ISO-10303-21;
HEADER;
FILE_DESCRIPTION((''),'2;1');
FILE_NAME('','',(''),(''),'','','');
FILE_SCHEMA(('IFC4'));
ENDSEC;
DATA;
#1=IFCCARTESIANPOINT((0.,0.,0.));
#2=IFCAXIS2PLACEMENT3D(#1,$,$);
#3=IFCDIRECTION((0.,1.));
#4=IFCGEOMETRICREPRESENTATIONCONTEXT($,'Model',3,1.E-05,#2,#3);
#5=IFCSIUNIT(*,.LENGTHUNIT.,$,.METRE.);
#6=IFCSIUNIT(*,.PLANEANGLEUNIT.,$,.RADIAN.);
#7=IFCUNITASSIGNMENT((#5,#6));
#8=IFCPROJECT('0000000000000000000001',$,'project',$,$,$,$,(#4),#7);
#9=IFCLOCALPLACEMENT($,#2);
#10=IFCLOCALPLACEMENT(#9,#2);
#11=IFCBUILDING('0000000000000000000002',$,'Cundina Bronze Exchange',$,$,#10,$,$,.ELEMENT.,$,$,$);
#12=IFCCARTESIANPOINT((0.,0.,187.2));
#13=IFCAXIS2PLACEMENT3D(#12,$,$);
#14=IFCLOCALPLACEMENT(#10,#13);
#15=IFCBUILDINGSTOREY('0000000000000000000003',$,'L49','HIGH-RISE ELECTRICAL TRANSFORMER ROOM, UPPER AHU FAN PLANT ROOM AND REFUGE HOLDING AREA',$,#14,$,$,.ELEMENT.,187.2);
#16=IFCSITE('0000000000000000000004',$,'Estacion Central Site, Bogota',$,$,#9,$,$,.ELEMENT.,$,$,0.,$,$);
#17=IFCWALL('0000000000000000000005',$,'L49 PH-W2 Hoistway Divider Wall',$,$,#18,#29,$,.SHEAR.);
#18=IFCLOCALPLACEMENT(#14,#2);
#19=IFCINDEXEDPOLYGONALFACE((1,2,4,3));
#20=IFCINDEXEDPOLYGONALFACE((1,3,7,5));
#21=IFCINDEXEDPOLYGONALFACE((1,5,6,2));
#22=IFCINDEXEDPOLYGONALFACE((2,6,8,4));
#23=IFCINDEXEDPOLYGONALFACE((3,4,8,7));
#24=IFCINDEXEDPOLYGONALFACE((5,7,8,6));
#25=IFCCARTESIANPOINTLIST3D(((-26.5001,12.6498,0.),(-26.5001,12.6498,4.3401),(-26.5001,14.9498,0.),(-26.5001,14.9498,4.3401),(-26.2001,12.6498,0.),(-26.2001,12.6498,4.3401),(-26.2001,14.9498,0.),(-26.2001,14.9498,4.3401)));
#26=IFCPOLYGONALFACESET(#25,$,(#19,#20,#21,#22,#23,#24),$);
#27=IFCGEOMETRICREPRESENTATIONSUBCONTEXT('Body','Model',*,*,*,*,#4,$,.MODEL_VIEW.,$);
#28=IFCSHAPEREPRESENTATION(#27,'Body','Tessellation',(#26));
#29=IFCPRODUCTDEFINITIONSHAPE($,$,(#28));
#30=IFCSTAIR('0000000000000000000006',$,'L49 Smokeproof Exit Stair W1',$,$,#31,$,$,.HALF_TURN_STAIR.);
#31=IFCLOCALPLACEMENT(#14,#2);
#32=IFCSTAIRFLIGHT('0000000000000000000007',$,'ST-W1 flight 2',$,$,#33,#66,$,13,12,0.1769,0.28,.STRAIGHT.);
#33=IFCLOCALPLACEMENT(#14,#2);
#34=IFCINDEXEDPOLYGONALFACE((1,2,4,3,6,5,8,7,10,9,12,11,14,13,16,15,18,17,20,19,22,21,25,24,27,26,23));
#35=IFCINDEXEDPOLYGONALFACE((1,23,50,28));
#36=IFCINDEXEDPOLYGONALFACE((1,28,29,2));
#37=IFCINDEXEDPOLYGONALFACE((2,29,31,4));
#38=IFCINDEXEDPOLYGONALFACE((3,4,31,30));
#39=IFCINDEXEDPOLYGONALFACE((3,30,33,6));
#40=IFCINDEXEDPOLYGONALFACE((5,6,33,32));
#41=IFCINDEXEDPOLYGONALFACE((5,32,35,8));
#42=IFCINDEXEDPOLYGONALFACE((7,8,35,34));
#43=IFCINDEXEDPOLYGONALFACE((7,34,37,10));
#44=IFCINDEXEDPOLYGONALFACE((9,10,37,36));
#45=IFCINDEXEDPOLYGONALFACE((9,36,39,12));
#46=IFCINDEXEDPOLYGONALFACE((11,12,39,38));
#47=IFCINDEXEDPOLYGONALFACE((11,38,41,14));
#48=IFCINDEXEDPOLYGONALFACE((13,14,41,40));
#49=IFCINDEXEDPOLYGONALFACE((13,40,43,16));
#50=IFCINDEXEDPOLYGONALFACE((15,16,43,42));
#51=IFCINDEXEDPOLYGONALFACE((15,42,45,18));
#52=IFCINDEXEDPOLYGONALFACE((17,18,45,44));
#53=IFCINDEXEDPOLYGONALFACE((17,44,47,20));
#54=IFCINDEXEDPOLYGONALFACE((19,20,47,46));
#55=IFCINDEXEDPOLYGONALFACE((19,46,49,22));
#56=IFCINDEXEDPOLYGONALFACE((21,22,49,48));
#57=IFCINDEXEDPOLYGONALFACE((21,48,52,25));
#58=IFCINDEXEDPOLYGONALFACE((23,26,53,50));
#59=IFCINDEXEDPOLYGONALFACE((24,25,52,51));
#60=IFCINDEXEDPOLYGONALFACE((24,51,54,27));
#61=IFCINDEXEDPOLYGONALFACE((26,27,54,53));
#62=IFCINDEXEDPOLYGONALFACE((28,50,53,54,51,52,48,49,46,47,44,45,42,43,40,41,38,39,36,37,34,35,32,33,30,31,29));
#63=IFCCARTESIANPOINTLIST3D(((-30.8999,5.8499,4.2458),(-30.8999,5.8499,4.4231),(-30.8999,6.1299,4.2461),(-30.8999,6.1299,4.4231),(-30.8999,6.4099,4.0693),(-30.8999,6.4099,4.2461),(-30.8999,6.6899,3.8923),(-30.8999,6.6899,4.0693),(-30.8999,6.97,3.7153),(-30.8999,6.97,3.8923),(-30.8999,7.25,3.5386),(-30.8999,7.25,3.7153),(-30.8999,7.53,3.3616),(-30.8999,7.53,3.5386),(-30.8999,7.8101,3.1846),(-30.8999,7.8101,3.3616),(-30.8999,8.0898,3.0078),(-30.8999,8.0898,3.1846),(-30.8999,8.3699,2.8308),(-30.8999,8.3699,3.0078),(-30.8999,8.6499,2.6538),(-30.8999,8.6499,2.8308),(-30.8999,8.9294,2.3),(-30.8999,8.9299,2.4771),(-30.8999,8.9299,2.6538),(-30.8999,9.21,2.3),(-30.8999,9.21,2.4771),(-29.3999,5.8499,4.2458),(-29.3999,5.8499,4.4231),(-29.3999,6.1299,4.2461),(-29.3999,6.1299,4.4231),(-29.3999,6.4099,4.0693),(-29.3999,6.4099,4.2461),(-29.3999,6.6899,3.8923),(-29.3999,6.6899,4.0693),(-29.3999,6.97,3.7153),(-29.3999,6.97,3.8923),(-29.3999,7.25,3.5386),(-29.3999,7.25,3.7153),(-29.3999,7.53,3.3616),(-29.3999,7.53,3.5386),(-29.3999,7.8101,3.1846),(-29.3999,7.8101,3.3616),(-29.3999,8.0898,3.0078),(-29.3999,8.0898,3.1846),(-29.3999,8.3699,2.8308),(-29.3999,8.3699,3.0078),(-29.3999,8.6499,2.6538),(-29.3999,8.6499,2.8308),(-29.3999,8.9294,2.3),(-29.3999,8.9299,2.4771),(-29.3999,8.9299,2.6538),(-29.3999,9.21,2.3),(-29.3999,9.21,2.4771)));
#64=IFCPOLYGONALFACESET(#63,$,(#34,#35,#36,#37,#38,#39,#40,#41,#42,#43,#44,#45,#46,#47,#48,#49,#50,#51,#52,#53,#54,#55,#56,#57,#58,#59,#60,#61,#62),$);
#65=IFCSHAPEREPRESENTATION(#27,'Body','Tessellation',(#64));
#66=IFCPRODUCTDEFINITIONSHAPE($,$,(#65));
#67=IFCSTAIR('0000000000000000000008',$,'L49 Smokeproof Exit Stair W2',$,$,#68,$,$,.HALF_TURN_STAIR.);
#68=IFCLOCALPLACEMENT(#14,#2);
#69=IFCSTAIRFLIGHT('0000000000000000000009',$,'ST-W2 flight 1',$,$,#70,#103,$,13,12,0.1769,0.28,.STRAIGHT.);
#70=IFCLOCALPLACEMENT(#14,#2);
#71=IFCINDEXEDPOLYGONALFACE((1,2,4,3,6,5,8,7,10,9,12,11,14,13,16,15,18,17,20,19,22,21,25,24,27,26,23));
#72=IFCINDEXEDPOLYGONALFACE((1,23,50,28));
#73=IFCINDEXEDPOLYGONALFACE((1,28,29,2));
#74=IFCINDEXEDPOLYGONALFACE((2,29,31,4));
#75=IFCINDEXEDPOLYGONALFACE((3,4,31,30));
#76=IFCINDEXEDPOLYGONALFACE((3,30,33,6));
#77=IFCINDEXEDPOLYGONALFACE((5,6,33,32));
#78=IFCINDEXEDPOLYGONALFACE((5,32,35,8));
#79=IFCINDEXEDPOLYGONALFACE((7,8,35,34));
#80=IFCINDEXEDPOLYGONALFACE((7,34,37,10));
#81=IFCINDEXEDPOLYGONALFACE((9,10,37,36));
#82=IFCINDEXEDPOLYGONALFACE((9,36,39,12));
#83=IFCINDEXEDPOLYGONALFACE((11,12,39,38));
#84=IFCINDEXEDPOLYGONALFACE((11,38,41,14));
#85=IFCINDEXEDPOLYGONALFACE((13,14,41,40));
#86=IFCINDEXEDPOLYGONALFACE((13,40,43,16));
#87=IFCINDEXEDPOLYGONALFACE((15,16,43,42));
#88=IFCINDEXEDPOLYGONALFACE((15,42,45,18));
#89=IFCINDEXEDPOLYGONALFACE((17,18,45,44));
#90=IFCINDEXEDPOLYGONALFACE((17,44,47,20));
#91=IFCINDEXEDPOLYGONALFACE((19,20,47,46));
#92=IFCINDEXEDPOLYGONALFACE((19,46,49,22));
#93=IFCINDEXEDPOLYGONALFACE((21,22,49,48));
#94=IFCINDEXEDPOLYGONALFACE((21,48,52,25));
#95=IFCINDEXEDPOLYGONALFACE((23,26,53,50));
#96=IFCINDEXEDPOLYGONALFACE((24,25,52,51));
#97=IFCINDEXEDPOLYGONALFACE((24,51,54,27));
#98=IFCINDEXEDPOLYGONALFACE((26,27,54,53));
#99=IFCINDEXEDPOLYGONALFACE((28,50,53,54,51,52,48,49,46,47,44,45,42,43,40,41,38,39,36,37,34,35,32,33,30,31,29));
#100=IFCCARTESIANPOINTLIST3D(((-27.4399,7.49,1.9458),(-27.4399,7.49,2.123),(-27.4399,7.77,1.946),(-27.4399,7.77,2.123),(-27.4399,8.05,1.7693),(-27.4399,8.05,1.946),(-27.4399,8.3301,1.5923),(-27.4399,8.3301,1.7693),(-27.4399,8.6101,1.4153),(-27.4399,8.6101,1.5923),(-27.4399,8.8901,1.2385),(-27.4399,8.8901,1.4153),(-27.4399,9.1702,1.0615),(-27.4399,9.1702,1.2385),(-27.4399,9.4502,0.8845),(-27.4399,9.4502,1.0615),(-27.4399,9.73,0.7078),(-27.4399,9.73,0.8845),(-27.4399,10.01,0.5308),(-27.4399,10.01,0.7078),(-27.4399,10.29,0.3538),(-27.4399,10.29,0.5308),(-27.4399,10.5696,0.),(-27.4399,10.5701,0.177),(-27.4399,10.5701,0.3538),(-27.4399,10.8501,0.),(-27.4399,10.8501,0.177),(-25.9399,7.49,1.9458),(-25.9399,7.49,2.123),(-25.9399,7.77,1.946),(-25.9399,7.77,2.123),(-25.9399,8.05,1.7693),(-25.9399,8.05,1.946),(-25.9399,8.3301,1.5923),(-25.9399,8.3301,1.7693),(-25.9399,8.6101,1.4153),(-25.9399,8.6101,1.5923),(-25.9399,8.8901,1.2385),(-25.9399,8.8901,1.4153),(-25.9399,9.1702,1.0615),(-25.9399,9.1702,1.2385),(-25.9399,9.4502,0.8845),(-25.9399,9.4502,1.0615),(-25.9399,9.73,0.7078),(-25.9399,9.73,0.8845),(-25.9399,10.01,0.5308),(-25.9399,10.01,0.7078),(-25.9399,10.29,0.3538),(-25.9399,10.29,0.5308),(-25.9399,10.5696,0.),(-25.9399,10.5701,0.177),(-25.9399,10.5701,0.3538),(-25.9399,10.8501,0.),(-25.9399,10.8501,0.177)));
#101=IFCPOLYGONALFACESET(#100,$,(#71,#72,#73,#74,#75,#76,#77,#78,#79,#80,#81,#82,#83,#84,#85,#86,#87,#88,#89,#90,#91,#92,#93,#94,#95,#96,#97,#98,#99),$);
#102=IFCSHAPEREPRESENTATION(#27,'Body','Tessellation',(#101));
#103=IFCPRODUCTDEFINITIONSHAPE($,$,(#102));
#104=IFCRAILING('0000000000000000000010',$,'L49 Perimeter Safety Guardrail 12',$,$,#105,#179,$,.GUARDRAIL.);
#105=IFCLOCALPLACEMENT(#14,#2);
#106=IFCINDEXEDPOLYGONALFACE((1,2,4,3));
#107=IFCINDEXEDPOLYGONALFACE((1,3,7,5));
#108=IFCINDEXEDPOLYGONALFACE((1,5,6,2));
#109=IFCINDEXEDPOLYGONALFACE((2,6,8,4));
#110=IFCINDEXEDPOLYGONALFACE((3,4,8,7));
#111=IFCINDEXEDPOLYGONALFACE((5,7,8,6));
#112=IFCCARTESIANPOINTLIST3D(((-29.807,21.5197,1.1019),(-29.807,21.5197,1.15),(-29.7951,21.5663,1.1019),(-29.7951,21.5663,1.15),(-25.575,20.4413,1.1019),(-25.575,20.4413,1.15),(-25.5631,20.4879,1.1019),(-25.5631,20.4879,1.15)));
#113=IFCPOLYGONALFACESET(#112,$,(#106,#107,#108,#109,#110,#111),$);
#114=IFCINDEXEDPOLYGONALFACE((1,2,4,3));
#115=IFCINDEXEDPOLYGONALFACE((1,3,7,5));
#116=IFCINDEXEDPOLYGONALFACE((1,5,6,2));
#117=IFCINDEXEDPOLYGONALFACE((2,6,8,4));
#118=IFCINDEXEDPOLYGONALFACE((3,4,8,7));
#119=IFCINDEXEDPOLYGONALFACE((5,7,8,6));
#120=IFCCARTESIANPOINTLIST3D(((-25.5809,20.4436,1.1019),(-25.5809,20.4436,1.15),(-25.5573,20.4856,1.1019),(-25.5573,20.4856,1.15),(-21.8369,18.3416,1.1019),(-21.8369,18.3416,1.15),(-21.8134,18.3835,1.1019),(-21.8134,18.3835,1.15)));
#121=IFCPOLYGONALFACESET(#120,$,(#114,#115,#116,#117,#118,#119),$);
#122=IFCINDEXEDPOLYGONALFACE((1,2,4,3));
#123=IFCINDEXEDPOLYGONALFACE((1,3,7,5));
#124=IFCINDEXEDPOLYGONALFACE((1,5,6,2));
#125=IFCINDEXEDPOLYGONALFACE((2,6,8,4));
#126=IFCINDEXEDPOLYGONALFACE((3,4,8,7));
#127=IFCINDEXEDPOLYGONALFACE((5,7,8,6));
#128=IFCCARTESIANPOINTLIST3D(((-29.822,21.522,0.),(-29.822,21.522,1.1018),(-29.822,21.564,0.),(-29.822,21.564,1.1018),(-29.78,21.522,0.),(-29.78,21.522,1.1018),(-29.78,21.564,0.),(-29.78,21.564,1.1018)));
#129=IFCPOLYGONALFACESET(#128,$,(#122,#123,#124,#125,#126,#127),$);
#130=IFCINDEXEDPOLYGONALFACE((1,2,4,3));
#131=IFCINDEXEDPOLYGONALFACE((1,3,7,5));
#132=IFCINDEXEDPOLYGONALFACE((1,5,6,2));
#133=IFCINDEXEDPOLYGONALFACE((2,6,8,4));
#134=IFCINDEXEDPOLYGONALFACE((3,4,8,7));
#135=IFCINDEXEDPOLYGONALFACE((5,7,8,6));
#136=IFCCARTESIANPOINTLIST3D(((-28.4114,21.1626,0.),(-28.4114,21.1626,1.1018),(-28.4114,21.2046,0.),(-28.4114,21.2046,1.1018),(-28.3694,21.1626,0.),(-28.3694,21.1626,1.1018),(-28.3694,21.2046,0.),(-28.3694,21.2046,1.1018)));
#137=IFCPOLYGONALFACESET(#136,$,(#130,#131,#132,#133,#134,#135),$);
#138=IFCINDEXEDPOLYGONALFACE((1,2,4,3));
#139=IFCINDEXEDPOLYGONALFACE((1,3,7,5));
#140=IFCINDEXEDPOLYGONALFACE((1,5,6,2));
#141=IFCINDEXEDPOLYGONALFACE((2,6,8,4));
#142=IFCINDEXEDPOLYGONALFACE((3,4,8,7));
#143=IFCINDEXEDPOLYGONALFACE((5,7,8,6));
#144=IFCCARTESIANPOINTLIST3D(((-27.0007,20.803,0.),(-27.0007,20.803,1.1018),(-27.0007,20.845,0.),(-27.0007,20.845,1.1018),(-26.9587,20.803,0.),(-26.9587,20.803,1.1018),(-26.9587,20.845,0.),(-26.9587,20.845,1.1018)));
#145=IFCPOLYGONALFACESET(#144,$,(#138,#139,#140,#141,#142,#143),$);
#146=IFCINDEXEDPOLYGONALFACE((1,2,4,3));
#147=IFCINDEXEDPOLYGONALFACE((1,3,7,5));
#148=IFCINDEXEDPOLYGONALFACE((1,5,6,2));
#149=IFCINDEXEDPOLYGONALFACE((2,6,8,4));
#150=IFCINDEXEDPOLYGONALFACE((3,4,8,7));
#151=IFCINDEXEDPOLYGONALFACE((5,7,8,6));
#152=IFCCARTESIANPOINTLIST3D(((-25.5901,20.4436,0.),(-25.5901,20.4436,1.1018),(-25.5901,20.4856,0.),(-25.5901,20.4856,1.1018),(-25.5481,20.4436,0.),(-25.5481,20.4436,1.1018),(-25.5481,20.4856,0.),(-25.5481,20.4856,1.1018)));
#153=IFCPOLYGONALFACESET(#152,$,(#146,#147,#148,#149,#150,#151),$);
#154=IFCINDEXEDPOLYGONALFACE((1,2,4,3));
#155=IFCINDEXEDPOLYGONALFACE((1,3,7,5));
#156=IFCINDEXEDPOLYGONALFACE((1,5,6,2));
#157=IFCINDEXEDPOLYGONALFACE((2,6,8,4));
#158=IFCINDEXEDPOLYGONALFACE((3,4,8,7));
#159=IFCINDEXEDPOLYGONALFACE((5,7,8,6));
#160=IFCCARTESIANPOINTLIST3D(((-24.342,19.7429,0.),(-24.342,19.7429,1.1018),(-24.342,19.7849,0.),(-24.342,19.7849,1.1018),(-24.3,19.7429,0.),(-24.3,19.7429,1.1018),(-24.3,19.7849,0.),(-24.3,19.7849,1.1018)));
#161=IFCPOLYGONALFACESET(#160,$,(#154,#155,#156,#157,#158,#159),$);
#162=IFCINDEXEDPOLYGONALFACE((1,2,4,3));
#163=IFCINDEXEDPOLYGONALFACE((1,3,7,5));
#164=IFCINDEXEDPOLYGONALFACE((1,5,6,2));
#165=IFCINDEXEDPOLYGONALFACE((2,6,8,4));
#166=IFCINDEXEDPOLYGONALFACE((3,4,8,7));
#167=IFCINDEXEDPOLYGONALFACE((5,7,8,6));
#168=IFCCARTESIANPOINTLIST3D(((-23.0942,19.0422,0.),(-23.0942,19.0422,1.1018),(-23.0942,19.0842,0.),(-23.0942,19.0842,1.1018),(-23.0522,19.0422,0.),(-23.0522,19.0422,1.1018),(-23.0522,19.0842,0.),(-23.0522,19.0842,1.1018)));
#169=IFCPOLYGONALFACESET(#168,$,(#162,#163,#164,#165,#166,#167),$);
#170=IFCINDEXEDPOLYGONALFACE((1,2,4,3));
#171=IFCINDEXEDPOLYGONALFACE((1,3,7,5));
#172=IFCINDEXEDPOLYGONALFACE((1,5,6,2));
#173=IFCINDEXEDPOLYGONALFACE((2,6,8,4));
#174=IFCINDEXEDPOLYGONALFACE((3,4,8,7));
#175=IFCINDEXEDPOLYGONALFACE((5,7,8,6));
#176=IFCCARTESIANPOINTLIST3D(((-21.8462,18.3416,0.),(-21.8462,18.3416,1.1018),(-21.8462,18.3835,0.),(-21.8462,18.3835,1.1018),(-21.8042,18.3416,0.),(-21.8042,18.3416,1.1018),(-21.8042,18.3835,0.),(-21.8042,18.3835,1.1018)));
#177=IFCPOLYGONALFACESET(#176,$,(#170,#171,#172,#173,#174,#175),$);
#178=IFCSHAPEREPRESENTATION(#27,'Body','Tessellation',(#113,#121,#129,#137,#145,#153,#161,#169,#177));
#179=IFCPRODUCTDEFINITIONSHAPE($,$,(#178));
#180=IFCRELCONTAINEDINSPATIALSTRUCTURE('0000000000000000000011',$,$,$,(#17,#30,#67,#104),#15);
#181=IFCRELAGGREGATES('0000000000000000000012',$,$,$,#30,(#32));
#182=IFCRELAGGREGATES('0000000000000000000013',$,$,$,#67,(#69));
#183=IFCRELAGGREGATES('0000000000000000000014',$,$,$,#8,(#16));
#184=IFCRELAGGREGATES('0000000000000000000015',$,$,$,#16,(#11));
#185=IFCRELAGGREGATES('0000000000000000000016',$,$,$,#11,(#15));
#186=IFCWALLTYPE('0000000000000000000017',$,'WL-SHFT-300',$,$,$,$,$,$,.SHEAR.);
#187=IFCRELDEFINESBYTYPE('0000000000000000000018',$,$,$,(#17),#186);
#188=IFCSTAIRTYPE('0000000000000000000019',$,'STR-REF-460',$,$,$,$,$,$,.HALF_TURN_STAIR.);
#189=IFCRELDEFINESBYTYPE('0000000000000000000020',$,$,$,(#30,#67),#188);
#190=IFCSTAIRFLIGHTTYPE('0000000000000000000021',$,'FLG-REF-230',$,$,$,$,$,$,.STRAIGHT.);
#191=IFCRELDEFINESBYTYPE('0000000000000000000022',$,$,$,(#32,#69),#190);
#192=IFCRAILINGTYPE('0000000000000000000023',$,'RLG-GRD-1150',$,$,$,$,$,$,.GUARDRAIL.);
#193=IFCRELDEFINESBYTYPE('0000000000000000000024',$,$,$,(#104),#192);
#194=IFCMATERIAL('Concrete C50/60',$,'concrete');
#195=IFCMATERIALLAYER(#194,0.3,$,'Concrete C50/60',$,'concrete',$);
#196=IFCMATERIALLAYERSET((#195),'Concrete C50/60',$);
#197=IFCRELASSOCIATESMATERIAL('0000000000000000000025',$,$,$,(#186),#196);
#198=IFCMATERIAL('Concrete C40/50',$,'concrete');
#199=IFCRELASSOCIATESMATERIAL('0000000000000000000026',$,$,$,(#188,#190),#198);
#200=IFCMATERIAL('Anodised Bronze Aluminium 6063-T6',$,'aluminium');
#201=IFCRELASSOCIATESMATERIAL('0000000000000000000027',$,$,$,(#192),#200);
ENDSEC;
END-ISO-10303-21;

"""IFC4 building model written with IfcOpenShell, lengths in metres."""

from ifc_helpers import new_model, si_unit, direction, frame, frame_2d, origin, origin_2d, place, context, subcontext, project, spatial, polyline, rectangle, outline, extrude, material, layer, layer_set, type_object, element, aggregate, save


model = new_model("IFC4")

# Units and contexts
model_context = context("Model", 3, precision=1e-05, world=origin(), true_north=direction((0.0, 1.0)))
body_context = subcontext(model_context, "Body", "Model", "MODEL_VIEW")
ifc_project = project(units=[si_unit("LENGTHUNIT", "METRE"), si_unit("PLANEANGLEUNIT", "RADIAN")], contexts=[model_context])

# Site, building, storey
site_placement = place(None, origin())
site = spatial("IfcSite", under=ifc_project, at=site_placement, Name="Estacion Central Site, Bogota", CompositionType="ELEMENT", RefElevation=0.0)
building_placement = place(site_placement, origin())
building = spatial("IfcBuilding", under=site, at=building_placement, Name="Cundina Bronze Exchange", CompositionType="ELEMENT")
storey_placement = place(building_placement, frame((0.0, 0.0, 187.2)))
storey = spatial("IfcBuildingStorey", under=building, at=storey_placement, Name="L49", Description="HIGH-RISE ELECTRICAL TRANSFORMER ROOM, UPPER AHU FAN PLANT ROOM AND REFUGE HOLDING AREA", CompositionType="ELEMENT", Elevation=187.2)

# Shared definitions
ifc_material_1 = material(Name="Concrete C50/60", Category="concrete")
ifc_layer_1 = layer(ifc_material_1, 0.3, Name="Concrete C50/60", Category="concrete")
ifc_layer_set_1 = layer_set([ifc_layer_1], Name="Concrete C50/60")
wall_type = type_object("IfcWallType", Name="WL-SHFT-300", PredefinedType="SHEAR", material=ifc_layer_set_1)

# Wall
wall_1_placement = place(storey_placement, frame((-26.3501, 12.6499, 0.0), z_axis=(0.0, 0.0, 1.0), x_axis=(0.0, 1.0, 0.0)))
element("IfcWall", 1, at=wall_1_placement, inside=storey, type_object=wall_type, Name="L49 PH-W2 Hoistway Divider Wall", PredefinedType="SHEAR", context=body_context, shape_type="SweptSolid", body=[
    extrude(rectangle(XDim=2.3, YDim=0.3, at=frame_2d((1.1499, 0.0))), origin(), (0.0, 0.0, 1.0), 4.3401),
])

# Stairs, stair flights
ifc_material_2 = material(Name="Concrete C40/50", Category="concrete")
stair_type = type_object("IfcStairType", Name="STR-REF-460", PredefinedType="HALF_TURN_STAIR", material=ifc_material_2)
stair_1_placement = place(storey_placement, origin())
stair_1 = element("IfcStair", 2, at=stair_1_placement, inside=storey, type_object=stair_type, Name="L49 Smokeproof Exit Stair W1", PredefinedType="HALF_TURN_STAIR")
stair_flight_type = type_object("IfcStairFlightType", Name="FLG-REF-230", PredefinedType="STRAIGHT", material=ifc_material_2)
stair_flight_1_placement = place(storey_placement, frame((-30.1499, 9.21, 2.3), z_axis=(0.0, 0.0, 1.0), x_axis=(0.0, -1.0, 0.0)))
stair_flight_1 = element("IfcStairFlight", 3, at=stair_flight_1_placement, type_object=stair_flight_type, Name="ST-W1 flight 2", NumberOfRisers=13, NumberOfTreads=12, PredefinedType="STRAIGHT", RiserHeight=0.1769, TreadLength=0.28, context=body_context, shape_type="SweptSolid", body=[
    extrude(outline(polyline([(0.0, 0.0), (0.0, 0.177), (0.28, 0.177), (0.28, 0.3538), (0.5601, 0.3538), (0.5601, 0.5308), (0.8401, 0.5308), (0.8401, 0.7078), (1.1201, 0.7078), (1.1201, 0.8845), (1.3999, 0.8845), (1.3999, 1.0615), (1.6799, 1.0615), (1.6799, 1.2385), (1.96, 1.2385), (1.96, 1.4153), (2.24, 1.4153), (2.24, 1.5923), (2.52, 1.5923), (2.52, 1.7693), (2.8, 1.7693), (2.8, 1.946), (3.0801, 1.946), (3.0801, 2.123), (3.3601, 2.123), (3.3601, 2.3), (3.3601, 1.9458), (0.2805, 0.0), (0.0, 0.0)])), frame((0.0, 0.75, 0.0), z_axis=(0.0, -1.0, 0.0), x_axis=(1.0, 0.0, 0.0)), (0.0, 0.0, 1.0), 1.5),
])
aggregate(stair_1, [stair_flight_1])
stair_2_placement = place(storey_placement, origin())
stair_2 = element("IfcStair", 4, at=stair_2_placement, inside=storey, type_object=stair_type, Name="L49 Smokeproof Exit Stair W2", PredefinedType="HALF_TURN_STAIR")
stair_flight_2_placement = place(storey_placement, frame((-26.6899, 10.8501, 0.0), z_axis=(0.0, 0.0, 1.0), x_axis=(0.0, -1.0, 0.0)))
stair_flight_2 = element("IfcStairFlight", 5, at=stair_flight_2_placement, type_object=stair_flight_type, Name="ST-W2 flight 1", NumberOfRisers=13, NumberOfTreads=12, PredefinedType="STRAIGHT", RiserHeight=0.1769, TreadLength=0.28, context=body_context, shape_type="SweptSolid", body=[
    extrude(outline(polyline([(0.0, 0.0), (0.0, 0.177), (0.28, 0.177), (0.28, 0.3538), (0.5601, 0.3538), (0.5601, 0.5308), (0.8401, 0.5308), (0.8401, 0.7078), (1.1201, 0.7078), (1.1201, 0.8845), (1.3999, 0.8845), (1.3999, 1.0615), (1.6799, 1.0615), (1.6799, 1.2385), (1.96, 1.2385), (1.96, 1.4153), (2.24, 1.4153), (2.24, 1.5923), (2.52, 1.5923), (2.52, 1.7693), (2.8, 1.7693), (2.8, 1.946), (3.0801, 1.946), (3.0801, 2.123), (3.3601, 2.123), (3.3601, 2.3), (3.3601, 1.9458), (0.2805, 0.0), (0.0, 0.0)])), frame((0.0, 0.75, 0.0), z_axis=(0.0, -1.0, 0.0), x_axis=(1.0, 0.0, 0.0)), (0.0, 0.0, 1.0), 1.5),
])
aggregate(stair_2, [stair_flight_2])

# Railing
ifc_material_3 = material(Name="Anodised Bronze Aluminium 6063-T6", Category="aluminium")
railing_type_1 = type_object("IfcRailingType", Name="RLG-GRD-1150", PredefinedType="GUARDRAIL", material=ifc_material_3)
railing_1_placement = place(storey_placement, frame((-29.801, 21.543, 0.0)))
element("IfcRailing", 6, at=railing_1_placement, inside=storey, type_object=railing_type_1, Name="L49 Perimeter Safety Guardrail 12", PredefinedType="GUARDRAIL", context=body_context, shape_type="SweptSolid", body=[
    extrude(rectangle(XDim=0.0481, YDim=0.0481, at=origin_2d()), frame((0.0, 0.0, 1.126), z_axis=(0.969034, -0.246927, 0.0), x_axis=(0.246927, 0.969034, 0.0)), (0.0, 0.0, 1.0), 4.3672),
    extrude(rectangle(XDim=0.0481, YDim=0.0481, at=origin_2d()), frame((4.2319, -1.0784, 1.126), z_axis=(0.871962, -0.489573, 0.0), x_axis=(0.489573, 0.871962, 0.0)), (0.0, 0.0, 1.0), 4.2937),
    extrude(rectangle(XDim=0.042, YDim=0.042, at=origin_2d()), origin(), (0.0, 0.0, 1.0), 1.1018),
    extrude(rectangle(XDim=0.042, YDim=0.042, at=origin_2d()), frame((1.4106, -0.3594, 0.0)), (0.0, 0.0, 1.0), 1.1018),
    extrude(rectangle(XDim=0.042, YDim=0.042, at=origin_2d()), frame((2.8213, -0.719, 0.0)), (0.0, 0.0, 1.0), 1.1018),
    extrude(rectangle(XDim=0.042, YDim=0.042, at=origin_2d()), frame((4.2319, -1.0784, 0.0)), (0.0, 0.0, 1.0), 1.1018),
    extrude(rectangle(XDim=0.042, YDim=0.042, at=origin_2d()), frame((5.48, -1.7791, 0.0)), (0.0, 0.0, 1.0), 1.1018),
    extrude(rectangle(XDim=0.042, YDim=0.042, at=origin_2d()), frame((6.7278, -2.4797, 0.0)), (0.0, 0.0, 1.0), 1.1018),
    extrude(rectangle(XDim=0.042, YDim=0.042, at=origin_2d()), frame((7.9758, -3.1804, 0.0)), (0.0, 0.0, 1.0), 1.1018),
])

save(model, "model.ifc")
